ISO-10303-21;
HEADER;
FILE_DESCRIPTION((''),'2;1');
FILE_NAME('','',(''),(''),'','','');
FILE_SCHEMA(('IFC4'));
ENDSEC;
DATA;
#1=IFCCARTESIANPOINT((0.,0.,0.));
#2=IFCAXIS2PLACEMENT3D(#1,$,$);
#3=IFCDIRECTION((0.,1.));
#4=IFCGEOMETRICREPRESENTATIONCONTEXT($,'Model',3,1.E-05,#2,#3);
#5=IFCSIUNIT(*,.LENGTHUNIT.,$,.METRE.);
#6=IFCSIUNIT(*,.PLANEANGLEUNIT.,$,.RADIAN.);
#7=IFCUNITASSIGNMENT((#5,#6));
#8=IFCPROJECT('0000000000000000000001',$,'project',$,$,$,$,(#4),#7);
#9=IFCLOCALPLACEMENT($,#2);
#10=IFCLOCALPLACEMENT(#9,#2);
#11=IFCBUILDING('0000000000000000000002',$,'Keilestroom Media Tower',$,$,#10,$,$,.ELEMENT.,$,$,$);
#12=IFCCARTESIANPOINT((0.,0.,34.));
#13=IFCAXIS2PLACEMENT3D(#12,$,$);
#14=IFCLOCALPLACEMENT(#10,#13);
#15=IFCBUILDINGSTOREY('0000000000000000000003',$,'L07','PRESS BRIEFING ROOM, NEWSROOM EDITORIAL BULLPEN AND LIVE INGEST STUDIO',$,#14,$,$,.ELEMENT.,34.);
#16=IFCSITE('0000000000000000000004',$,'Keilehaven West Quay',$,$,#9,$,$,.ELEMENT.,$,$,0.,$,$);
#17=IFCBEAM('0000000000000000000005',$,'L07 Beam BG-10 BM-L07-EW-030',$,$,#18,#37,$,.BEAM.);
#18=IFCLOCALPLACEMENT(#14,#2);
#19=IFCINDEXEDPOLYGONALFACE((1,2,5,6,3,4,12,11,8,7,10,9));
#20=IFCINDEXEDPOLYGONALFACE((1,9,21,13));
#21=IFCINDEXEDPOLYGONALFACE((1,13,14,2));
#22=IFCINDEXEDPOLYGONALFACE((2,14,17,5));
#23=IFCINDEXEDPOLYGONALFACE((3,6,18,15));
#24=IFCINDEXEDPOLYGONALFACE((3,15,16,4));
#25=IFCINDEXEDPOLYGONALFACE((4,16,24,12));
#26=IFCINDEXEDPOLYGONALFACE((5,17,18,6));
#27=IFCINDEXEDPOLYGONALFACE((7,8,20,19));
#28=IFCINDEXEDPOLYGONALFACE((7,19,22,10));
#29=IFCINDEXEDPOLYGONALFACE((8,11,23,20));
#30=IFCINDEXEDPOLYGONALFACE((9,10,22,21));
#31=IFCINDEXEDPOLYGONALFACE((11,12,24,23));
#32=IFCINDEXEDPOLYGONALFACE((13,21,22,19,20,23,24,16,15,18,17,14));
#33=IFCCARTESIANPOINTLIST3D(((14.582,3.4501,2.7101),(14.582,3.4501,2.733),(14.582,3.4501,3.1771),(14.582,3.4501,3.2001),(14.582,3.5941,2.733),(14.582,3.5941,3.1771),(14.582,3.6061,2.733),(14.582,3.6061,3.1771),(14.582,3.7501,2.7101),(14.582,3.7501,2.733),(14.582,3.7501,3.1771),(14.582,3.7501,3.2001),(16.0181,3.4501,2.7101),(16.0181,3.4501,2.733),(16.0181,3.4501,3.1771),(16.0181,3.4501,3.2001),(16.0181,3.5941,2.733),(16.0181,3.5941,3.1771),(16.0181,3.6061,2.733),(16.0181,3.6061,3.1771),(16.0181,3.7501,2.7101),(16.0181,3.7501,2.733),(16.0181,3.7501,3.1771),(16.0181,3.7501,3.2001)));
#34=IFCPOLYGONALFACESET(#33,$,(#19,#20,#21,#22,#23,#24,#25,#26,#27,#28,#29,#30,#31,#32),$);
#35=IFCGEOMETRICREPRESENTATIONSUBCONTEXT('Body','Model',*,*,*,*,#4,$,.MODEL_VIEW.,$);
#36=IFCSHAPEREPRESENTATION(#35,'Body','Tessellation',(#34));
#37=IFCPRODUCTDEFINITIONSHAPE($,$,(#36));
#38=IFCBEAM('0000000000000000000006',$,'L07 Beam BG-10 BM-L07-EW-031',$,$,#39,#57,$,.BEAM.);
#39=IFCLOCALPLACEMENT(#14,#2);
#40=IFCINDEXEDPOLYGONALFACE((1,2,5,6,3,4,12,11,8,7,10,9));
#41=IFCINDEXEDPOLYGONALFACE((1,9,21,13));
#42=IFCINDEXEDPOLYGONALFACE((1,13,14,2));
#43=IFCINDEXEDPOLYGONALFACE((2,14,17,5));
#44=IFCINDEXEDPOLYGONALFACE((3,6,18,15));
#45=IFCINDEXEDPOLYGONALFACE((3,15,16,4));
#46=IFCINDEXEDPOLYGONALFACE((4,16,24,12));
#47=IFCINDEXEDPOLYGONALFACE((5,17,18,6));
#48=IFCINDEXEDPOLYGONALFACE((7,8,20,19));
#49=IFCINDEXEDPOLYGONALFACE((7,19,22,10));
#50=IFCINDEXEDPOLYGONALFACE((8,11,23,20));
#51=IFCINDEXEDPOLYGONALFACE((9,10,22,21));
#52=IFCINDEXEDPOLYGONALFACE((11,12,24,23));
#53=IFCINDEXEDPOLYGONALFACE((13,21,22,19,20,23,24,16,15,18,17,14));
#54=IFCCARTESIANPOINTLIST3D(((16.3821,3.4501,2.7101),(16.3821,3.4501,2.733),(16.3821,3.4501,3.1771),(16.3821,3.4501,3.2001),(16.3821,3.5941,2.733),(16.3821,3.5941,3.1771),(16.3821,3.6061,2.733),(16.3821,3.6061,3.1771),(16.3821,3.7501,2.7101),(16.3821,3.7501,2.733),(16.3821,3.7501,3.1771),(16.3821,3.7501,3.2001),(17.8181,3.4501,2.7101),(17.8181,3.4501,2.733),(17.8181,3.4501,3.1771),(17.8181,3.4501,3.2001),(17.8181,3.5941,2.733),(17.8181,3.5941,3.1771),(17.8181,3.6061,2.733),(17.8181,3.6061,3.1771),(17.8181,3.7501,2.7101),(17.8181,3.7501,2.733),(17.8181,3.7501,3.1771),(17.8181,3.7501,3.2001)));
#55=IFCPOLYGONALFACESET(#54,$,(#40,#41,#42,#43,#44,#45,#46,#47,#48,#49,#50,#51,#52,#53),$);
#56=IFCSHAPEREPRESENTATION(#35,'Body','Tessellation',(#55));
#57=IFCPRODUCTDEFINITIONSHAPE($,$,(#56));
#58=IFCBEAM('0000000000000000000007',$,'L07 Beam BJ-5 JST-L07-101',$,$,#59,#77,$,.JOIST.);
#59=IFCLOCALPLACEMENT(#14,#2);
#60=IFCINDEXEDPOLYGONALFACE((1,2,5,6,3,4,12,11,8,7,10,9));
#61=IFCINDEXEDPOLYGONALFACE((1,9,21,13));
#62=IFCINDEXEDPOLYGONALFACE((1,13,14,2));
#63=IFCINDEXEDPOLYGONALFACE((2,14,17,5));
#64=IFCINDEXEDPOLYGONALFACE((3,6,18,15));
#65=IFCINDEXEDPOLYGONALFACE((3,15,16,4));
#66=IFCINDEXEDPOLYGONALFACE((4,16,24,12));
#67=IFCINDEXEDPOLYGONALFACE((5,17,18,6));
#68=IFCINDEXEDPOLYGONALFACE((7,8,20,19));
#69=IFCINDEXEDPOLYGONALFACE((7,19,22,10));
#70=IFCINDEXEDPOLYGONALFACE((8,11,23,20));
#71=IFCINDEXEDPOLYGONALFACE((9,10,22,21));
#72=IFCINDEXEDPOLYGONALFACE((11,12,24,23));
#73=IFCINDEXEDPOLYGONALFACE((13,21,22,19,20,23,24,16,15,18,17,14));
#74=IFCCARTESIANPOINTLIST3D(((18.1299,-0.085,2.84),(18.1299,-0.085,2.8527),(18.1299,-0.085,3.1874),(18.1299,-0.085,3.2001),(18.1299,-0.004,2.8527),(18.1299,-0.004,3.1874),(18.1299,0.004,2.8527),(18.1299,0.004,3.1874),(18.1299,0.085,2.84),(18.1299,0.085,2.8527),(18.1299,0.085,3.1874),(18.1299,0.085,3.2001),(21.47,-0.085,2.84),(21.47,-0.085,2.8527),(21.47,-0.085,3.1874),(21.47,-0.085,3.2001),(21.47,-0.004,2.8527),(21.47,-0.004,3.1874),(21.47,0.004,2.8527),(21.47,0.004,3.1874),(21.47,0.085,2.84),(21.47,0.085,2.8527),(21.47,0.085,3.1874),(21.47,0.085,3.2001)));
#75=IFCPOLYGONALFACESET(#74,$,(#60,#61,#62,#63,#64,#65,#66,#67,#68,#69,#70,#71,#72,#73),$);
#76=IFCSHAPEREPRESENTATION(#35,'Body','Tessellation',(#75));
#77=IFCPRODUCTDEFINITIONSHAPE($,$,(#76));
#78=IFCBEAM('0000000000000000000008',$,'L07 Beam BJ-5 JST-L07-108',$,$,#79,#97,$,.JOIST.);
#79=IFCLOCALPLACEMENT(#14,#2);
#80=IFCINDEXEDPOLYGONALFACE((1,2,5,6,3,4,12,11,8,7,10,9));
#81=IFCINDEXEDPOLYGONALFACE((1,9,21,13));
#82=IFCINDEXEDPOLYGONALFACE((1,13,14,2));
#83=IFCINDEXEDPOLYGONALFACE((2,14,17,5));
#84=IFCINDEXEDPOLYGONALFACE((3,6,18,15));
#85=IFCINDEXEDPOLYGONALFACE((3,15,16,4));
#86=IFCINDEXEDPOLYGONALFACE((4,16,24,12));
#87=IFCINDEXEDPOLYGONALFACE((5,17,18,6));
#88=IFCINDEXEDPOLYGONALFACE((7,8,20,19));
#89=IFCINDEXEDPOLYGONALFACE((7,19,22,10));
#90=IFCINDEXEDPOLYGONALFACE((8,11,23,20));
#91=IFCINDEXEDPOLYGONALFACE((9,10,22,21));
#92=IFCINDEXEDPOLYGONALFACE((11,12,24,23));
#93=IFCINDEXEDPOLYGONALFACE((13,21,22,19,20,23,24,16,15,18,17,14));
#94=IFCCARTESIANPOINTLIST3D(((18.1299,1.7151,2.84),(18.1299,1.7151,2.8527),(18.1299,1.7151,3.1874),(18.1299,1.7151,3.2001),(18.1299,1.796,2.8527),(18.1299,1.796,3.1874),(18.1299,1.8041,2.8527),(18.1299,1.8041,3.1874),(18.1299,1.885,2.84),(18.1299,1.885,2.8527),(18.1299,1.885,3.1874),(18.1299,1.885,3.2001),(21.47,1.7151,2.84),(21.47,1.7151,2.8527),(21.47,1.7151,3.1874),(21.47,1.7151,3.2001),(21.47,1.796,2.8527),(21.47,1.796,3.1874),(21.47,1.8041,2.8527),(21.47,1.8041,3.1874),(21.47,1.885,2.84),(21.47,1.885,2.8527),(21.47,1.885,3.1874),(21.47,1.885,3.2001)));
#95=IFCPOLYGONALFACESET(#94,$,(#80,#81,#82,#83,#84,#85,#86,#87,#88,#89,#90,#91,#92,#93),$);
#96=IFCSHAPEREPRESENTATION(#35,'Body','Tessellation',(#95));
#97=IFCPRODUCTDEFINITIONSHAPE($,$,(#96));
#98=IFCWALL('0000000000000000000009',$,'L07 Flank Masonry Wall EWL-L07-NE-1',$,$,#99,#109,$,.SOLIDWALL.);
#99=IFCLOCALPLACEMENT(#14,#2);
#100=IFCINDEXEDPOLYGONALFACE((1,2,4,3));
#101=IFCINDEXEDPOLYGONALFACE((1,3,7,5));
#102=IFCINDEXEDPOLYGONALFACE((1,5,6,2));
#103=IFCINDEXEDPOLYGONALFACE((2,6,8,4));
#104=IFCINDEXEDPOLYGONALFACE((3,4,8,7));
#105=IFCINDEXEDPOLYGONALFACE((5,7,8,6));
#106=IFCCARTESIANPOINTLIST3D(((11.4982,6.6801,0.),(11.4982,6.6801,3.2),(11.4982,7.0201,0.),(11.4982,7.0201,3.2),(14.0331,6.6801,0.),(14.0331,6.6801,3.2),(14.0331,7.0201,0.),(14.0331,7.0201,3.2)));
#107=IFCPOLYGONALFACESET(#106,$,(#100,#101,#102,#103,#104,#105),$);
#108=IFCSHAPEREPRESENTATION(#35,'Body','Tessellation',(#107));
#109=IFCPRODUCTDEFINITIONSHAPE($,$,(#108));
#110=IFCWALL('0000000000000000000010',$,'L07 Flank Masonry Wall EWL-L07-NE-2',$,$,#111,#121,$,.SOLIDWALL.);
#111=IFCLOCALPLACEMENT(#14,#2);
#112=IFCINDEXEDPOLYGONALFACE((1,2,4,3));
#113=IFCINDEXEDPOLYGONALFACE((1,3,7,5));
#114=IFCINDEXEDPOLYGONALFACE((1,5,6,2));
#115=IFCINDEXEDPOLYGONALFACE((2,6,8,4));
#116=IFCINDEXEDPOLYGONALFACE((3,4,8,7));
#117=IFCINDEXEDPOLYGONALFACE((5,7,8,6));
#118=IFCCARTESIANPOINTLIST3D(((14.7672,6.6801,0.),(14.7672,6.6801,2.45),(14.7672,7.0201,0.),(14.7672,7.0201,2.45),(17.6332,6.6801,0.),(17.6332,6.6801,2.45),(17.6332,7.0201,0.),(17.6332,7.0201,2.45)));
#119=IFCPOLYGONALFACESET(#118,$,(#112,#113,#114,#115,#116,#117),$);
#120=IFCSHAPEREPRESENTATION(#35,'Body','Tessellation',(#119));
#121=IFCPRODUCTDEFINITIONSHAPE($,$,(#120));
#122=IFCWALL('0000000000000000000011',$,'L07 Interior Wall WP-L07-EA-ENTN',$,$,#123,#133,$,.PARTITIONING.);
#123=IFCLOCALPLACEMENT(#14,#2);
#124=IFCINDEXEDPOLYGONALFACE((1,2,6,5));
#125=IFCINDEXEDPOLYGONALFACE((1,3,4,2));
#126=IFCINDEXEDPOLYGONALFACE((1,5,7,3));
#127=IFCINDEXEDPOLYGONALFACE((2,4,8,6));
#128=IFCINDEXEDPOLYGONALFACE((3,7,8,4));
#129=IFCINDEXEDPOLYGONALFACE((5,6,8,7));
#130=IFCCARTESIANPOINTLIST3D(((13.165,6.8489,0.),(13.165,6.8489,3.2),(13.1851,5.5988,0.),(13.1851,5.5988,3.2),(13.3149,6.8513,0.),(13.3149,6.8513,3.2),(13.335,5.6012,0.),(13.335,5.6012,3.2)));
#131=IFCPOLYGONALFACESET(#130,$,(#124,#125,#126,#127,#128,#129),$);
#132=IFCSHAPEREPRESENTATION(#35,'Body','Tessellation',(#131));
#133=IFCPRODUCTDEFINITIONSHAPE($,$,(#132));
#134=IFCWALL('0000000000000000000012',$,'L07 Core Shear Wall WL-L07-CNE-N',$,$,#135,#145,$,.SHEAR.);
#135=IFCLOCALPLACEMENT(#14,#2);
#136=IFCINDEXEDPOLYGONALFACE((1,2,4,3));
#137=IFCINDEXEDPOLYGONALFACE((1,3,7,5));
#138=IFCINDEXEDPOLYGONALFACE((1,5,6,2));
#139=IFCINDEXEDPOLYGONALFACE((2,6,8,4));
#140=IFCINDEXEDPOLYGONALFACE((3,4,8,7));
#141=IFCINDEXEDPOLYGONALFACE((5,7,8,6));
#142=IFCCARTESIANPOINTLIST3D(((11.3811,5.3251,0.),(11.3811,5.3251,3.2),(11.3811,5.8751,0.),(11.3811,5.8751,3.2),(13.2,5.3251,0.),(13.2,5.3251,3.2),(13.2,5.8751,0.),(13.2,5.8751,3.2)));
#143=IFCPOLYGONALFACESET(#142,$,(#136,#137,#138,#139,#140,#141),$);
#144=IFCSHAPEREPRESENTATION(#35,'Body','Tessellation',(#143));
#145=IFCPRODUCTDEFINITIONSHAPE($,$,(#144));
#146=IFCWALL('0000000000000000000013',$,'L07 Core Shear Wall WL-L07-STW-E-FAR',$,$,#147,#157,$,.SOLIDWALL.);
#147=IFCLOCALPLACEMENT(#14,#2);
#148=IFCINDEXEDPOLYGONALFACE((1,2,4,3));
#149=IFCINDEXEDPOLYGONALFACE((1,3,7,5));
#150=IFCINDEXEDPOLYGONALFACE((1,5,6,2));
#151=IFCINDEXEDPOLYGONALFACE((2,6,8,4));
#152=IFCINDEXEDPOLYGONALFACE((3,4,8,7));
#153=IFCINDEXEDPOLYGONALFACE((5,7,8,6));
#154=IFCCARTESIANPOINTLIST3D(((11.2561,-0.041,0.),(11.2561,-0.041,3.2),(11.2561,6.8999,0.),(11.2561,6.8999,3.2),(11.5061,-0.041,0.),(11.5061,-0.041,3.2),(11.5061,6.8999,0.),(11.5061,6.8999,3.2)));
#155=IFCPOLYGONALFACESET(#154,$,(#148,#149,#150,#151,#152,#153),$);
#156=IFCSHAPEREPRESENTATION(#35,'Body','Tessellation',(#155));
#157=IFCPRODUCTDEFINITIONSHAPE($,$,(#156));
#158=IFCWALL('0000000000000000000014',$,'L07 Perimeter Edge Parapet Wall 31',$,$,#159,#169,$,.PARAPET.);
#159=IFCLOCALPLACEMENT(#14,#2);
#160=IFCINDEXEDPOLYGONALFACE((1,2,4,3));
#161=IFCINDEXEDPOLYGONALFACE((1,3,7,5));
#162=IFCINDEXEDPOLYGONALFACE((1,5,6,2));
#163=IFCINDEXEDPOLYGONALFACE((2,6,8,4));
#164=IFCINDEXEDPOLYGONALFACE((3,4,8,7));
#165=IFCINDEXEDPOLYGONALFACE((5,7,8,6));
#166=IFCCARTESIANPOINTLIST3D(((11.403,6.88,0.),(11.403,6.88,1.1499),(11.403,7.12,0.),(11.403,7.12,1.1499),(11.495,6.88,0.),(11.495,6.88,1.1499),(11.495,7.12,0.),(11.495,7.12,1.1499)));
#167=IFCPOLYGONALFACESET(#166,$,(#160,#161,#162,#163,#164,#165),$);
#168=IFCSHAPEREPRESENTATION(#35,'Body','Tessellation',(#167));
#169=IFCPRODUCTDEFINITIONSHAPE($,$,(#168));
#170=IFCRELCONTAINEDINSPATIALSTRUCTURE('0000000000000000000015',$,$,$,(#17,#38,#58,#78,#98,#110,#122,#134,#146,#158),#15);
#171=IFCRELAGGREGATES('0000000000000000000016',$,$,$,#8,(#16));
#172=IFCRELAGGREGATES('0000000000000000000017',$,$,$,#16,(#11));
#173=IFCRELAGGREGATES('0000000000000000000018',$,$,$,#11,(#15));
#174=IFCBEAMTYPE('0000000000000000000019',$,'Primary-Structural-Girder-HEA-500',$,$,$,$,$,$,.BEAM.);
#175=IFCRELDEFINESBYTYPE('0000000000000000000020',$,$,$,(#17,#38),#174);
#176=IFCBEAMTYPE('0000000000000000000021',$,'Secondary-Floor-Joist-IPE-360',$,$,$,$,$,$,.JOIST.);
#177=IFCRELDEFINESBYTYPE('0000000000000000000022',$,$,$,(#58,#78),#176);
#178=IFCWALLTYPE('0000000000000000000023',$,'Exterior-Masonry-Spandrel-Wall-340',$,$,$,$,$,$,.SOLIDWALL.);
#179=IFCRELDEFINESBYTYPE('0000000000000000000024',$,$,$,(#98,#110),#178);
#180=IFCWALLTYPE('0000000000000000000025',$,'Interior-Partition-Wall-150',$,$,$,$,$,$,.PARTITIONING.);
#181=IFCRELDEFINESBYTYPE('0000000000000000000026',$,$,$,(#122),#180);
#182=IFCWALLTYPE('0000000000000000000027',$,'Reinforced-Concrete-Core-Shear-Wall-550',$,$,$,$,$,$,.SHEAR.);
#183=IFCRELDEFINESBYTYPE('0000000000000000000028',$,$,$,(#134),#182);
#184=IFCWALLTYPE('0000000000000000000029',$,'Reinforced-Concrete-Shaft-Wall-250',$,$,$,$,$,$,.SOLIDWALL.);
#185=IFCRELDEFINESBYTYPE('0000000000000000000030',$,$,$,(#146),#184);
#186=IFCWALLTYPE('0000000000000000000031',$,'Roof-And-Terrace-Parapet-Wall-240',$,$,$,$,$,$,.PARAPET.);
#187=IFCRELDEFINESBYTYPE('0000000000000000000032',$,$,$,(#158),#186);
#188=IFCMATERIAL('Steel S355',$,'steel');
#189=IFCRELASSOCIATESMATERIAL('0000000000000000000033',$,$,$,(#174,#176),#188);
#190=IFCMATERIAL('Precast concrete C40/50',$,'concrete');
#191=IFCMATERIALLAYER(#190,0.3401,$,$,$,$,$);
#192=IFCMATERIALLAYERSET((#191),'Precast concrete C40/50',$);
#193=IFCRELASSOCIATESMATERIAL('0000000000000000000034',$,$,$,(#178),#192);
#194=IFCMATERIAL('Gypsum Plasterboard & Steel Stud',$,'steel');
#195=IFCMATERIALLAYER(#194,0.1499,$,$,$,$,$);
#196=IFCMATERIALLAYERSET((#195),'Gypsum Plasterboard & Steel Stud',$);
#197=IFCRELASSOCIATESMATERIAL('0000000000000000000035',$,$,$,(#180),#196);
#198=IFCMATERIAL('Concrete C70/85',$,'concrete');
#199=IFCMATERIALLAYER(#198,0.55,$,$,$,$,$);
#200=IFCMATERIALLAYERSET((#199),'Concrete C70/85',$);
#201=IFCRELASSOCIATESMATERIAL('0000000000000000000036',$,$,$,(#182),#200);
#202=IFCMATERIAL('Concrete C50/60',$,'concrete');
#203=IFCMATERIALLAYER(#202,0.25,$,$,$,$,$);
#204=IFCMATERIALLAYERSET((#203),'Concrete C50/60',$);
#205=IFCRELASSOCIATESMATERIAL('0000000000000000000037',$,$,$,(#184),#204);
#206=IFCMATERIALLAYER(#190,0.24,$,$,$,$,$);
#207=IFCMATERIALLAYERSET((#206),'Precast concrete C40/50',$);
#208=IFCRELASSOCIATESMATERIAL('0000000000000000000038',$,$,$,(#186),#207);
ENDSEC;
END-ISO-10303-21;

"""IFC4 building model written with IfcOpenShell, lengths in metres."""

from ifc_helpers import new_model, si_unit, direction, frame, frame_2d, origin, origin_2d, place, context, subcontext, project, spatial, rectangle, i_section, extrude, source, transform, mapped, material, layer, layer_set, material_profile, profile_set, type_object, element, save


model = new_model("IFC4")

# Units and contexts
model_context = context("Model", 3, precision=1e-05, world=origin(), true_north=direction((0.0, 1.0)))
body_context = subcontext(model_context, "Body", "Model", "MODEL_VIEW")
ifc_project = project(units=[si_unit("LENGTHUNIT", "METRE"), si_unit("PLANEANGLEUNIT", "RADIAN")], contexts=[model_context])

# Site, building, storey
site_placement = place(None, origin())
site = spatial("IfcSite", under=ifc_project, at=site_placement, Name="Keilehaven West Quay", CompositionType="ELEMENT", RefElevation=0.0)
building_placement = place(site_placement, origin())
building = spatial("IfcBuilding", under=site, at=building_placement, Name="Keilestroom Media Tower", CompositionType="ELEMENT")
storey_placement = place(building_placement, frame((0.0, 0.0, 34.0)))
storey = spatial("IfcBuildingStorey", under=building, at=storey_placement, Name="L07", Description="PRESS BRIEFING ROOM, NEWSROOM EDITORIAL BULLPEN AND LIVE INGEST STUDIO", CompositionType="ELEMENT", Elevation=34.0)

# Shared definitions
ifc_material_1 = material(Name="Precast concrete C40/50", Category="concrete")

# Beams
ifc_material_2 = material(Name="Steel S355", Category="steel")
ifc_material_profile_1 = material_profile(ifc_material_2, i_section(OverallWidth=0.3, OverallDepth=0.49, WebThickness=0.012, FlangeThickness=0.0229, at=origin_2d()), Name="HEA 500")
ifc_profile_set_1 = profile_set([ifc_material_profile_1], Name="Steel S355")
beam_type_1 = type_object("IfcBeamType", Name="Primary-Structural-Girder-HEA-500", PredefinedType="BEAM", material=ifc_profile_set_1)
shared_shape_1 = source(origin(), body_context, "Body", "SweptSolid", [
    extrude(i_section(OverallWidth=0.3, OverallDepth=0.49, WebThickness=0.012, FlangeThickness=0.0229, at=origin_2d()), origin(), (0.0, 0.0, 1.0), 1.436),
])
for number, where, z_axis, x_axis, name in (
    (1, (14.582, 3.6001, 2.9551), (1.0, 0.0, 0.0), (0.0, 1.0, 0.0), "L07 Beam BG-10 BM-L07-EW-030"),
    (2, (16.3821, 3.6001, 2.9551), (1.0, 0.0, 0.0), (0.0, 1.0, 0.0), "L07 Beam BG-10 BM-L07-EW-031"),
):
    element("IfcBeam", number, at=place(storey_placement, frame(where, z_axis=z_axis, x_axis=x_axis)), inside=storey, type_object=beam_type_1, Name=name, PredefinedType="BEAM", context=body_context, shape_type="MappedRepresentation", body=[
        mapped(shared_shape_1, transform((0.0, 0.0, 0.0), x_axis=(1.0, 0.0, 0.0), y_axis=(0.0, 1.0, 0.0), z_axis=(0.0, 0.0, 1.0), scale=1.0)),
    ])
ifc_material_profile_2 = material_profile(ifc_material_2, i_section(OverallWidth=0.1699, OverallDepth=0.3601, WebThickness=0.0081, FlangeThickness=0.0127, at=origin_2d()), Name="IPE 360")
ifc_profile_set_2 = profile_set([ifc_material_profile_2], Name="Steel S355")
beam_type_2 = type_object("IfcBeamType", Name="Secondary-Floor-Joist-IPE-360", PredefinedType="JOIST", material=ifc_profile_set_2)
shared_shape_2 = source(origin(), body_context, "Body", "SweptSolid", [
    extrude(i_section(OverallWidth=0.1699, OverallDepth=0.3601, WebThickness=0.0081, FlangeThickness=0.0127, at=origin_2d()), origin(), (0.0, 0.0, 1.0), 3.3401),
])
for number, where, z_axis, x_axis, name in (
    (3, (18.1299, 0.0, 3.02), (1.0, 0.0, 0.0), (0.0, 1.0, 0.0), "L07 Beam BJ-5 JST-L07-101"),
    (4, (18.1299, 1.8, 3.02), (1.0, 0.0, 0.0), (0.0, 1.0, 0.0), "L07 Beam BJ-5 JST-L07-108"),
):
    element("IfcBeam", number, at=place(storey_placement, frame(where, z_axis=z_axis, x_axis=x_axis)), inside=storey, type_object=beam_type_2, Name=name, PredefinedType="JOIST", context=body_context, shape_type="MappedRepresentation", body=[
        mapped(shared_shape_2, transform((0.0, 0.0, 0.0), x_axis=(1.0, 0.0, 0.0), y_axis=(0.0, 1.0, 0.0), z_axis=(0.0, 0.0, 1.0), scale=1.0)),
    ])

# Walls
ifc_layer_1 = layer(ifc_material_1, 0.3401)
ifc_layer_set_1 = layer_set([ifc_layer_1], Name="Precast concrete C40/50")
wall_type_1 = type_object("IfcWallType", Name="Exterior-Masonry-Spandrel-Wall-340", PredefinedType="SOLIDWALL", material=ifc_layer_set_1)
wall_1_placement = place(storey_placement, frame((11.498, 6.8501, 0.0), z_axis=(0.0, 0.0, 1.0), x_axis=(1.0, 0.0, 0.0)))
element("IfcWall", 5, at=wall_1_placement, inside=storey, type_object=wall_type_1, Name="L07 Flank Masonry Wall EWL-L07-NE-1", PredefinedType="SOLIDWALL", context=body_context, shape_type="SweptSolid", body=[
    extrude(rectangle(XDim=2.5349, YDim=0.3401, at=frame_2d((1.2676, 0.0))), origin(), (0.0, 0.0, 1.0), 3.2),
])
wall_2_placement = place(storey_placement, frame((14.7671, 6.8501, 0.0), z_axis=(0.0, 0.0, 1.0), x_axis=(1.0, 0.0, 0.0)))
element("IfcWall", 6, at=wall_2_placement, inside=storey, type_object=wall_type_1, Name="L07 Flank Masonry Wall EWL-L07-NE-2", PredefinedType="SOLIDWALL", context=body_context, shape_type="SweptSolid", body=[
    extrude(rectangle(XDim=2.866, YDim=0.3401, at=frame_2d((1.4331, 0.0))), origin(), (0.0, 0.0, 1.0), 2.45),
])
ifc_material_3 = material(Name="Gypsum Plasterboard & Steel Stud", Category="steel")
ifc_layer_2 = layer(ifc_material_3, 0.1499)
ifc_layer_set_2 = layer_set([ifc_layer_2], Name="Gypsum Plasterboard & Steel Stud")
wall_type_2 = type_object("IfcWallType", Name="Interior-Partition-Wall-150", PredefinedType="PARTITIONING", material=ifc_layer_set_2)
wall_3_placement = place(storey_placement, frame((13.26, 5.6001, 0.0), z_axis=(0.0, 0.0, 1.0), x_axis=(-0.016014, 0.999872, 0.0)))
element("IfcWall", 7, at=wall_3_placement, inside=storey, type_object=wall_type_2, Name="L07 Interior Wall WP-L07-EA-ENTN", PredefinedType="PARTITIONING", context=body_context, shape_type="SweptSolid", body=[
    extrude(rectangle(XDim=1.2502, YDim=0.1499, at=frame_2d((0.625, 0.0))), origin(), (0.0, 0.0, 1.0), 3.2),
])
ifc_material_4 = material(Name="Concrete C70/85", Category="concrete")
ifc_layer_3 = layer(ifc_material_4, 0.55)
ifc_layer_set_3 = layer_set([ifc_layer_3], Name="Concrete C70/85")
wall_type_3 = type_object("IfcWallType", Name="Reinforced-Concrete-Core-Shear-Wall-550", PredefinedType="SHEAR", material=ifc_layer_set_3)
wall_4_placement = place(storey_placement, frame((11.3811, 5.6001, 0.0), z_axis=(0.0, 0.0, 1.0), x_axis=(1.0, 0.0, 0.0)))
element("IfcWall", 8, at=wall_4_placement, inside=storey, type_object=wall_type_3, Name="L07 Core Shear Wall WL-L07-CNE-N", PredefinedType="SHEAR", context=body_context, shape_type="SweptSolid", body=[
    extrude(rectangle(XDim=1.8188, YDim=0.55, at=frame_2d((0.9094, 0.0))), origin(), (0.0, 0.0, 1.0), 3.2),
])
ifc_material_5 = material(Name="Concrete C50/60", Category="concrete")
ifc_layer_4 = layer(ifc_material_5, 0.25)
ifc_layer_set_4 = layer_set([ifc_layer_4], Name="Concrete C50/60")
wall_type_4 = type_object("IfcWallType", Name="Reinforced-Concrete-Shaft-Wall-250", PredefinedType="SOLIDWALL", material=ifc_layer_set_4)
wall_5_placement = place(storey_placement, frame((11.3811, -0.041, 0.0), z_axis=(0.0, 0.0, 1.0), x_axis=(0.0, 1.0, 0.0)))
element("IfcWall", 9, at=wall_5_placement, inside=storey, type_object=wall_type_4, Name="L07 Core Shear Wall WL-L07-STW-E-FAR", PredefinedType="SOLIDWALL", context=body_context, shape_type="SweptSolid", body=[
    extrude(rectangle(XDim=6.9409, YDim=0.25, at=frame_2d((3.4705, 0.0))), origin(), (0.0, 0.0, 1.0), 3.2),
])
ifc_layer_5 = layer(ifc_material_1, 0.24)
ifc_layer_set_5 = layer_set([ifc_layer_5], Name="Precast concrete C40/50")
wall_type_5 = type_object("IfcWallType", Name="Roof-And-Terrace-Parapet-Wall-240", PredefinedType="PARAPET", material=ifc_layer_set_5)
wall_6_placement = place(storey_placement, frame((11.4031, 7.0, 0.0), z_axis=(0.0, 0.0, 1.0), x_axis=(1.0, 0.0, 0.0)))
element("IfcWall", 10, at=wall_6_placement, inside=storey, type_object=wall_type_5, Name="L07 Perimeter Edge Parapet Wall 31", PredefinedType="PARAPET", context=body_context, shape_type="SweptSolid", body=[
    extrude(rectangle(XDim=0.092, YDim=0.24, at=frame_2d((0.0459, 0.0))), origin(), (0.0, 0.0, 1.0), 1.1499),
])

save(model, "model.ifc")
